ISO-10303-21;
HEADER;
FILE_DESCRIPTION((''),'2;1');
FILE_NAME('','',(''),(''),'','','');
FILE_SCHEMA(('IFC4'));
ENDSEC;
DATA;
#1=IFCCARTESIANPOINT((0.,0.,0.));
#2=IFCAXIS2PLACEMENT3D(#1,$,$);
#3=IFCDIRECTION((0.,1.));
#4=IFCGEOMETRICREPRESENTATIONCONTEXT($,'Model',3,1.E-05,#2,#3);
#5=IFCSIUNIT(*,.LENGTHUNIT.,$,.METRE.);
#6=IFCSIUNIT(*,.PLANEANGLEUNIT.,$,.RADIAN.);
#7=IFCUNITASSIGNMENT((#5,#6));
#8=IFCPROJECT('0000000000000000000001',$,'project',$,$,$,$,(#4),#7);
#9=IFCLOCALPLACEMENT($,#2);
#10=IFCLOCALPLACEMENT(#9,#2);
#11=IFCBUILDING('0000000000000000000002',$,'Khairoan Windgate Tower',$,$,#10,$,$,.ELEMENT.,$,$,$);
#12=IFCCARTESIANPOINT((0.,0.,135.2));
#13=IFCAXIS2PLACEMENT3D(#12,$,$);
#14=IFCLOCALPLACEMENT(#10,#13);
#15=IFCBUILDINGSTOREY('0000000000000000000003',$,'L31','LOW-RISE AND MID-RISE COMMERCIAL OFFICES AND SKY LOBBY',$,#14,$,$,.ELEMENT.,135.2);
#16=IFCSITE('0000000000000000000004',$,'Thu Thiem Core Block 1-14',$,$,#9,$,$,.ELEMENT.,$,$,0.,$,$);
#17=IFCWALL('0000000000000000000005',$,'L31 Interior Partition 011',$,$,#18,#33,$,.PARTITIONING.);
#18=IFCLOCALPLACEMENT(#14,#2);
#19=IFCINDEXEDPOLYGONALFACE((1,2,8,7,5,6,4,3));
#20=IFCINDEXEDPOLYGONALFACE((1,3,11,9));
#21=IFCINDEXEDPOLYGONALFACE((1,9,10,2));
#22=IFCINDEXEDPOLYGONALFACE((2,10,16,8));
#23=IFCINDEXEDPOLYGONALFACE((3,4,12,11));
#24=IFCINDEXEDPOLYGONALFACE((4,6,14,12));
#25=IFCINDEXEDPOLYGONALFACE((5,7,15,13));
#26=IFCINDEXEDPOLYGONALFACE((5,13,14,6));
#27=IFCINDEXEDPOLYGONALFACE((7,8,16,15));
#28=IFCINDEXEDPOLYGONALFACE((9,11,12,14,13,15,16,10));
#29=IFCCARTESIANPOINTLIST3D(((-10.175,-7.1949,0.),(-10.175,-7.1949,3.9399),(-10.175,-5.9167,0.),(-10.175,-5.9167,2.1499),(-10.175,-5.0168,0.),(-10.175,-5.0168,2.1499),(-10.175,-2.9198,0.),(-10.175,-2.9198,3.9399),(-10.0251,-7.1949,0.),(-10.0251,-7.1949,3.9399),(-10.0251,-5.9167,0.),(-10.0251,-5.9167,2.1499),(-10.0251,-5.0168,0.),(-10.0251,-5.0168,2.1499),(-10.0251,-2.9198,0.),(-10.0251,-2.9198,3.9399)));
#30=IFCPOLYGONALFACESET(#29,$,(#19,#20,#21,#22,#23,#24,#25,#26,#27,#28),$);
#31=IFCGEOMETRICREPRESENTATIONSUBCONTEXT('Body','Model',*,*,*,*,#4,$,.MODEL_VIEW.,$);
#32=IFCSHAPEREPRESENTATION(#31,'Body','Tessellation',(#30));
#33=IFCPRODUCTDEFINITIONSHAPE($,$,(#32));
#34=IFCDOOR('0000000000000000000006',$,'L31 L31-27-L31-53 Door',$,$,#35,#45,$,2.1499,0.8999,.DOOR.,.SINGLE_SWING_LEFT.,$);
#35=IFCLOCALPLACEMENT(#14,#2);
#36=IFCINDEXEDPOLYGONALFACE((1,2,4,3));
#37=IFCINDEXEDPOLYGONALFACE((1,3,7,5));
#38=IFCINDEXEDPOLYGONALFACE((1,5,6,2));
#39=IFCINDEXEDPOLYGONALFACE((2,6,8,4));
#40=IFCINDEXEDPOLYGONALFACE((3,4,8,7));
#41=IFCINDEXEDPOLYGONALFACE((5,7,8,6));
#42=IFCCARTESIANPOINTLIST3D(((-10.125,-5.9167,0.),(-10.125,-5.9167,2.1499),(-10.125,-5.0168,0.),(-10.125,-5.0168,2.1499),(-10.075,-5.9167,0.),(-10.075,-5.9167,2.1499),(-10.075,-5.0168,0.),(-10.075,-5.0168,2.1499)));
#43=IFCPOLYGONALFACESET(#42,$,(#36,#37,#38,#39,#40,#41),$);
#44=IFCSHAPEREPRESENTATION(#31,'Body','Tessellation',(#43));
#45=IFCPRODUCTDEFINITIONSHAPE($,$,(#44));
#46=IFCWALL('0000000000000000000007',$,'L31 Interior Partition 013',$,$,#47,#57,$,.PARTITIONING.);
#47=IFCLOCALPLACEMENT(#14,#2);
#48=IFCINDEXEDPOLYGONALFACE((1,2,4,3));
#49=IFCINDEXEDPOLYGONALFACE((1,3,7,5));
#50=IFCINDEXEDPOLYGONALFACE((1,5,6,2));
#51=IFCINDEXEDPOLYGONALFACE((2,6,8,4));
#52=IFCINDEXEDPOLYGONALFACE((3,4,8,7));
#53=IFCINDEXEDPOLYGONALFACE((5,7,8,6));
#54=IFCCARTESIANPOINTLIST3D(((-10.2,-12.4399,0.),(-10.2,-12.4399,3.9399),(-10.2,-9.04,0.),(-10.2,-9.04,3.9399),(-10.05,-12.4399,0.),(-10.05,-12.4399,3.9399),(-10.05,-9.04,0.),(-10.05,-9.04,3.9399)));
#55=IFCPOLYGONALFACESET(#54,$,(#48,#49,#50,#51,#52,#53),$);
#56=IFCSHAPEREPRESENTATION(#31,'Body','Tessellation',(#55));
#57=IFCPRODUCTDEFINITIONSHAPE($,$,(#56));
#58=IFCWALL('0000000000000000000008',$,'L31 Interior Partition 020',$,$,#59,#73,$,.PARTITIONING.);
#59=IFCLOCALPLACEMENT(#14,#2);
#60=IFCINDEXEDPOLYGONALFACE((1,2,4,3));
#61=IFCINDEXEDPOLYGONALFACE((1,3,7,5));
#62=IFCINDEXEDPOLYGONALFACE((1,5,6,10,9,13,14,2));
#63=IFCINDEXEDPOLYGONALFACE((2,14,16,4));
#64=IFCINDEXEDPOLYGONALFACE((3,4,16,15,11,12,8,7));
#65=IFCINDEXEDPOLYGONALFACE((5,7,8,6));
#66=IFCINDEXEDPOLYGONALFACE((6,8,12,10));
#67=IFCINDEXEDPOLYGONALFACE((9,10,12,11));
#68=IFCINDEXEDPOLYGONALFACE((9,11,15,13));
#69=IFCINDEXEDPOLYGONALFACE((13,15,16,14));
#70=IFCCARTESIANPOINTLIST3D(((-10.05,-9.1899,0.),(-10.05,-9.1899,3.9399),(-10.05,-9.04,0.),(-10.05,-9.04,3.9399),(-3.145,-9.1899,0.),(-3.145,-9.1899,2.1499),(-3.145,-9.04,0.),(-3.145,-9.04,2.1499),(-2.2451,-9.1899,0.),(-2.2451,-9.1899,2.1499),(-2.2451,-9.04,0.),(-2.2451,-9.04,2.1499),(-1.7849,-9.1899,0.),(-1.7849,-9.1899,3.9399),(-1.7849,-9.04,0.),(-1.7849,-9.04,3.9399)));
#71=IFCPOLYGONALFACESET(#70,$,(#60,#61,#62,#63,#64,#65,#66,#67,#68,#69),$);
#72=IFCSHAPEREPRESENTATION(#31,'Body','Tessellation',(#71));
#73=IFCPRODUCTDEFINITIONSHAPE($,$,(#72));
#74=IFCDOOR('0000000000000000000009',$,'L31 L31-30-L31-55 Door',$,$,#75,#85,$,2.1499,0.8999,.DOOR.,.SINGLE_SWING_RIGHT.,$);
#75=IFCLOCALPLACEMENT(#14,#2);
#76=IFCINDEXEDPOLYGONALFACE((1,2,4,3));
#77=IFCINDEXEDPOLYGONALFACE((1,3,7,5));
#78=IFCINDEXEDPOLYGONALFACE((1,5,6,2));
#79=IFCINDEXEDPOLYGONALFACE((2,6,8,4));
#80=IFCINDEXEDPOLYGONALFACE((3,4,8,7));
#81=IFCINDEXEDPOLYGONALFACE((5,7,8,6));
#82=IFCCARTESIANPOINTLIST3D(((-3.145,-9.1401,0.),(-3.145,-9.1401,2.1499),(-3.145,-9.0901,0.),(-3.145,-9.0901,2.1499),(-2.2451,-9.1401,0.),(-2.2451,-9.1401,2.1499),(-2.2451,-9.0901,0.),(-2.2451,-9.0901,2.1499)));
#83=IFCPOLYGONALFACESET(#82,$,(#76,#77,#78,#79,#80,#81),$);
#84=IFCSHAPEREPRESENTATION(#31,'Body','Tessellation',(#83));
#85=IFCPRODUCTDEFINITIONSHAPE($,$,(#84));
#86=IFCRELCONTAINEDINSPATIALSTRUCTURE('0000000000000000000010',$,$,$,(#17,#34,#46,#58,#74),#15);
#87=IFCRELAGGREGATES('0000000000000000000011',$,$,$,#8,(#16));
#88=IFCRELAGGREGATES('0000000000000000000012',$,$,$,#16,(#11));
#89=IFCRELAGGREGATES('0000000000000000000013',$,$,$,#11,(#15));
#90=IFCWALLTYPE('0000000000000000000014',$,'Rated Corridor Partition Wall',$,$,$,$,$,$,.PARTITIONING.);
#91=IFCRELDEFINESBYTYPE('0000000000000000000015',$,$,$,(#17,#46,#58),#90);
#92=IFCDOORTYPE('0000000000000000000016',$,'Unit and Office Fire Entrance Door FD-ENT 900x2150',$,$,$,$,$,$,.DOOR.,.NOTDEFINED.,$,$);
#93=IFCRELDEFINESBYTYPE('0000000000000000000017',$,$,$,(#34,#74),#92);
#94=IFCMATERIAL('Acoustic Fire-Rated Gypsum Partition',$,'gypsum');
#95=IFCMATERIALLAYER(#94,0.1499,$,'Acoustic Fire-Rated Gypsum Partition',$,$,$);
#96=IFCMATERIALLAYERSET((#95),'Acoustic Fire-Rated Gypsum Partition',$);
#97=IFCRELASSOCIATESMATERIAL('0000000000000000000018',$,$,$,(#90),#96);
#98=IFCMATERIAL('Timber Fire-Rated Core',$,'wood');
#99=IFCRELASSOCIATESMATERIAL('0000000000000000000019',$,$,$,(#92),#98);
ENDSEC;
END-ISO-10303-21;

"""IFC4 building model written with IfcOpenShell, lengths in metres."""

from ifc_helpers import new_model, si_unit, direction, frame, frame_2d, origin, place, context, subcontext, project, spatial, rectangle, extrude, material, layer, layer_set, type_object, element, fill, save


model = new_model("IFC4")

# Units and contexts
model_context = context("Model", 3, precision=1e-05, world=origin(), true_north=direction((0.0, 1.0)))
body_context = subcontext(model_context, "Body", "Model", "MODEL_VIEW")
ifc_project = project(units=[si_unit("LENGTHUNIT", "METRE"), si_unit("PLANEANGLEUNIT", "RADIAN")], contexts=[model_context])

# Site, building, storey
site_placement = place(None, origin())
site = spatial("IfcSite", under=ifc_project, at=site_placement, Name="Thu Thiem Core Block 1-14", CompositionType="ELEMENT", RefElevation=0.0)
building_placement = place(site_placement, origin())
building = spatial("IfcBuilding", under=site, at=building_placement, Name="Khairoan Windgate Tower", CompositionType="ELEMENT")
storey_placement = place(building_placement, frame((0.0, 0.0, 135.2)))
storey = spatial("IfcBuildingStorey", under=building, at=storey_placement, Name="L31", Description="LOW-RISE AND MID-RISE COMMERCIAL OFFICES AND SKY LOBBY", CompositionType="ELEMENT", Elevation=135.2)

# Wall, opening, door
ifc_material_1 = material(Name="Acoustic Fire-Rated Gypsum Partition", Category="gypsum")
ifc_layer_1 = layer(ifc_material_1, 0.1499, Name="Acoustic Fire-Rated Gypsum Partition")
ifc_layer_set_1 = layer_set([ifc_layer_1], Name="Acoustic Fire-Rated Gypsum Partition")
wall_type_1 = type_object("IfcWallType", Name="Rated Corridor Partition Wall", PredefinedType="PARTITIONING", material=ifc_layer_set_1)
wall_1_placement = place(storey_placement, frame((-10.1001, -7.1951, 0.0), z_axis=(0.0, 0.0, 1.0), x_axis=(0.0, 1.0, 0.0)))
wall_1 = element("IfcWall", 1, at=wall_1_placement, inside=storey, type_object=wall_type_1, Name="L31 Interior Partition 011", PredefinedType="PARTITIONING", context=body_context, shape_type="SweptSolid", body=[
    extrude(rectangle(XDim=4.2751, YDim=0.1499, at=frame_2d((2.1377, 0.0))), origin(), (0.0, 0.0, 1.0), 3.9399),
])
opening_1_placement = place(wall_1_placement, frame((1.2783, 0.0, 0.0)))
opening_1 = element("IfcOpeningElement", 2, at=opening_1_placement, cuts=wall_1, PredefinedType="OPENING", context=body_context, shape_type="SweptSolid", body=[
    extrude(rectangle(XDim=0.8999, YDim=2.1499, at=frame_2d((0.45, 1.075))), frame((0.0, 0.085, 0.0), z_axis=(0.0, -1.0, 0.0), x_axis=(1.0, 0.0, 0.0)), (0.0, 0.0, 1.0), 0.1699),
])
ifc_material_2 = material(Name="Timber Fire-Rated Core", Category="wood")
door_type_1 = type_object("IfcDoorType", Name="Unit and Office Fire Entrance Door FD-ENT 900x2150", OperationType="NOTDEFINED", PredefinedType="DOOR", material=ifc_material_2)
door_1_placement = place(opening_1_placement, origin())
door_1 = element("IfcDoor", 3, at=door_1_placement, inside=storey, type_object=door_type_1, Name="L31 L31-27-L31-53 Door", OperationType="SINGLE_SWING_LEFT", OverallHeight=2.1499, OverallWidth=0.8999, PredefinedType="DOOR", context=body_context, shape_type="SweptSolid", body=[
    extrude(rectangle(XDim=0.8999, YDim=2.1499, at=frame_2d((0.45, 1.075))), frame((0.0, 0.0249, 0.0), z_axis=(0.0, -1.0, 0.0), x_axis=(1.0, 0.0, 0.0)), (0.0, 0.0, 1.0), 0.05),
])
fill(opening_1, door_1)

# Wall
wall_2_placement = place(storey_placement, frame((-10.125, -12.4399, 0.0), z_axis=(0.0, 0.0, 1.0), x_axis=(0.0, 1.0, 0.0)))
element("IfcWall", 4, at=wall_2_placement, inside=storey, type_object=wall_type_1, Name="L31 Interior Partition 013", PredefinedType="PARTITIONING", context=body_context, shape_type="SweptSolid", body=[
    extrude(rectangle(XDim=3.3999, YDim=0.1499, at=frame_2d((1.7, 0.0))), origin(), (0.0, 0.0, 1.0), 3.9399),
])

# Wall, opening, door
wall_3_placement = place(storey_placement, frame((-10.05, -9.115, 0.0), z_axis=(0.0, 0.0, 1.0), x_axis=(1.0, 0.0, 0.0)))
wall_3 = element("IfcWall", 5, at=wall_3_placement, inside=storey, type_object=wall_type_1, Name="L31 Interior Partition 020", PredefinedType="PARTITIONING", context=body_context, shape_type="SweptSolid", body=[
    extrude(rectangle(XDim=8.2651, YDim=0.1499, at=frame_2d((4.1326, 0.0))), origin(), (0.0, 0.0, 1.0), 3.9399),
])
opening_2_placement = place(wall_3_placement, frame((6.905, 0.0, 0.0)))
opening_2 = element("IfcOpeningElement", 6, at=opening_2_placement, cuts=wall_3, PredefinedType="OPENING", context=body_context, shape_type="SweptSolid", body=[
    extrude(rectangle(XDim=0.8999, YDim=2.1499, at=frame_2d((0.45, 1.075))), frame((0.0, 0.085, 0.0), z_axis=(0.0, -1.0, 0.0), x_axis=(1.0, 0.0, 0.0)), (0.0, 0.0, 1.0), 0.1699),
])
door_2_placement = place(opening_2_placement, origin())
door_2 = element("IfcDoor", 7, at=door_2_placement, inside=storey, type_object=door_type_1, Name="L31 L31-30-L31-55 Door", OperationType="SINGLE_SWING_RIGHT", OverallHeight=2.1499, OverallWidth=0.8999, PredefinedType="DOOR", context=body_context, shape_type="SweptSolid", body=[
    extrude(rectangle(XDim=0.8999, YDim=2.1499, at=frame_2d((0.45, 1.075))), frame((0.0, 0.0249, 0.0), z_axis=(0.0, -1.0, 0.0), x_axis=(1.0, 0.0, 0.0)), (0.0, 0.0, 1.0), 0.05),
])
fill(opening_2, door_2)

save(model, "model.ifc")
